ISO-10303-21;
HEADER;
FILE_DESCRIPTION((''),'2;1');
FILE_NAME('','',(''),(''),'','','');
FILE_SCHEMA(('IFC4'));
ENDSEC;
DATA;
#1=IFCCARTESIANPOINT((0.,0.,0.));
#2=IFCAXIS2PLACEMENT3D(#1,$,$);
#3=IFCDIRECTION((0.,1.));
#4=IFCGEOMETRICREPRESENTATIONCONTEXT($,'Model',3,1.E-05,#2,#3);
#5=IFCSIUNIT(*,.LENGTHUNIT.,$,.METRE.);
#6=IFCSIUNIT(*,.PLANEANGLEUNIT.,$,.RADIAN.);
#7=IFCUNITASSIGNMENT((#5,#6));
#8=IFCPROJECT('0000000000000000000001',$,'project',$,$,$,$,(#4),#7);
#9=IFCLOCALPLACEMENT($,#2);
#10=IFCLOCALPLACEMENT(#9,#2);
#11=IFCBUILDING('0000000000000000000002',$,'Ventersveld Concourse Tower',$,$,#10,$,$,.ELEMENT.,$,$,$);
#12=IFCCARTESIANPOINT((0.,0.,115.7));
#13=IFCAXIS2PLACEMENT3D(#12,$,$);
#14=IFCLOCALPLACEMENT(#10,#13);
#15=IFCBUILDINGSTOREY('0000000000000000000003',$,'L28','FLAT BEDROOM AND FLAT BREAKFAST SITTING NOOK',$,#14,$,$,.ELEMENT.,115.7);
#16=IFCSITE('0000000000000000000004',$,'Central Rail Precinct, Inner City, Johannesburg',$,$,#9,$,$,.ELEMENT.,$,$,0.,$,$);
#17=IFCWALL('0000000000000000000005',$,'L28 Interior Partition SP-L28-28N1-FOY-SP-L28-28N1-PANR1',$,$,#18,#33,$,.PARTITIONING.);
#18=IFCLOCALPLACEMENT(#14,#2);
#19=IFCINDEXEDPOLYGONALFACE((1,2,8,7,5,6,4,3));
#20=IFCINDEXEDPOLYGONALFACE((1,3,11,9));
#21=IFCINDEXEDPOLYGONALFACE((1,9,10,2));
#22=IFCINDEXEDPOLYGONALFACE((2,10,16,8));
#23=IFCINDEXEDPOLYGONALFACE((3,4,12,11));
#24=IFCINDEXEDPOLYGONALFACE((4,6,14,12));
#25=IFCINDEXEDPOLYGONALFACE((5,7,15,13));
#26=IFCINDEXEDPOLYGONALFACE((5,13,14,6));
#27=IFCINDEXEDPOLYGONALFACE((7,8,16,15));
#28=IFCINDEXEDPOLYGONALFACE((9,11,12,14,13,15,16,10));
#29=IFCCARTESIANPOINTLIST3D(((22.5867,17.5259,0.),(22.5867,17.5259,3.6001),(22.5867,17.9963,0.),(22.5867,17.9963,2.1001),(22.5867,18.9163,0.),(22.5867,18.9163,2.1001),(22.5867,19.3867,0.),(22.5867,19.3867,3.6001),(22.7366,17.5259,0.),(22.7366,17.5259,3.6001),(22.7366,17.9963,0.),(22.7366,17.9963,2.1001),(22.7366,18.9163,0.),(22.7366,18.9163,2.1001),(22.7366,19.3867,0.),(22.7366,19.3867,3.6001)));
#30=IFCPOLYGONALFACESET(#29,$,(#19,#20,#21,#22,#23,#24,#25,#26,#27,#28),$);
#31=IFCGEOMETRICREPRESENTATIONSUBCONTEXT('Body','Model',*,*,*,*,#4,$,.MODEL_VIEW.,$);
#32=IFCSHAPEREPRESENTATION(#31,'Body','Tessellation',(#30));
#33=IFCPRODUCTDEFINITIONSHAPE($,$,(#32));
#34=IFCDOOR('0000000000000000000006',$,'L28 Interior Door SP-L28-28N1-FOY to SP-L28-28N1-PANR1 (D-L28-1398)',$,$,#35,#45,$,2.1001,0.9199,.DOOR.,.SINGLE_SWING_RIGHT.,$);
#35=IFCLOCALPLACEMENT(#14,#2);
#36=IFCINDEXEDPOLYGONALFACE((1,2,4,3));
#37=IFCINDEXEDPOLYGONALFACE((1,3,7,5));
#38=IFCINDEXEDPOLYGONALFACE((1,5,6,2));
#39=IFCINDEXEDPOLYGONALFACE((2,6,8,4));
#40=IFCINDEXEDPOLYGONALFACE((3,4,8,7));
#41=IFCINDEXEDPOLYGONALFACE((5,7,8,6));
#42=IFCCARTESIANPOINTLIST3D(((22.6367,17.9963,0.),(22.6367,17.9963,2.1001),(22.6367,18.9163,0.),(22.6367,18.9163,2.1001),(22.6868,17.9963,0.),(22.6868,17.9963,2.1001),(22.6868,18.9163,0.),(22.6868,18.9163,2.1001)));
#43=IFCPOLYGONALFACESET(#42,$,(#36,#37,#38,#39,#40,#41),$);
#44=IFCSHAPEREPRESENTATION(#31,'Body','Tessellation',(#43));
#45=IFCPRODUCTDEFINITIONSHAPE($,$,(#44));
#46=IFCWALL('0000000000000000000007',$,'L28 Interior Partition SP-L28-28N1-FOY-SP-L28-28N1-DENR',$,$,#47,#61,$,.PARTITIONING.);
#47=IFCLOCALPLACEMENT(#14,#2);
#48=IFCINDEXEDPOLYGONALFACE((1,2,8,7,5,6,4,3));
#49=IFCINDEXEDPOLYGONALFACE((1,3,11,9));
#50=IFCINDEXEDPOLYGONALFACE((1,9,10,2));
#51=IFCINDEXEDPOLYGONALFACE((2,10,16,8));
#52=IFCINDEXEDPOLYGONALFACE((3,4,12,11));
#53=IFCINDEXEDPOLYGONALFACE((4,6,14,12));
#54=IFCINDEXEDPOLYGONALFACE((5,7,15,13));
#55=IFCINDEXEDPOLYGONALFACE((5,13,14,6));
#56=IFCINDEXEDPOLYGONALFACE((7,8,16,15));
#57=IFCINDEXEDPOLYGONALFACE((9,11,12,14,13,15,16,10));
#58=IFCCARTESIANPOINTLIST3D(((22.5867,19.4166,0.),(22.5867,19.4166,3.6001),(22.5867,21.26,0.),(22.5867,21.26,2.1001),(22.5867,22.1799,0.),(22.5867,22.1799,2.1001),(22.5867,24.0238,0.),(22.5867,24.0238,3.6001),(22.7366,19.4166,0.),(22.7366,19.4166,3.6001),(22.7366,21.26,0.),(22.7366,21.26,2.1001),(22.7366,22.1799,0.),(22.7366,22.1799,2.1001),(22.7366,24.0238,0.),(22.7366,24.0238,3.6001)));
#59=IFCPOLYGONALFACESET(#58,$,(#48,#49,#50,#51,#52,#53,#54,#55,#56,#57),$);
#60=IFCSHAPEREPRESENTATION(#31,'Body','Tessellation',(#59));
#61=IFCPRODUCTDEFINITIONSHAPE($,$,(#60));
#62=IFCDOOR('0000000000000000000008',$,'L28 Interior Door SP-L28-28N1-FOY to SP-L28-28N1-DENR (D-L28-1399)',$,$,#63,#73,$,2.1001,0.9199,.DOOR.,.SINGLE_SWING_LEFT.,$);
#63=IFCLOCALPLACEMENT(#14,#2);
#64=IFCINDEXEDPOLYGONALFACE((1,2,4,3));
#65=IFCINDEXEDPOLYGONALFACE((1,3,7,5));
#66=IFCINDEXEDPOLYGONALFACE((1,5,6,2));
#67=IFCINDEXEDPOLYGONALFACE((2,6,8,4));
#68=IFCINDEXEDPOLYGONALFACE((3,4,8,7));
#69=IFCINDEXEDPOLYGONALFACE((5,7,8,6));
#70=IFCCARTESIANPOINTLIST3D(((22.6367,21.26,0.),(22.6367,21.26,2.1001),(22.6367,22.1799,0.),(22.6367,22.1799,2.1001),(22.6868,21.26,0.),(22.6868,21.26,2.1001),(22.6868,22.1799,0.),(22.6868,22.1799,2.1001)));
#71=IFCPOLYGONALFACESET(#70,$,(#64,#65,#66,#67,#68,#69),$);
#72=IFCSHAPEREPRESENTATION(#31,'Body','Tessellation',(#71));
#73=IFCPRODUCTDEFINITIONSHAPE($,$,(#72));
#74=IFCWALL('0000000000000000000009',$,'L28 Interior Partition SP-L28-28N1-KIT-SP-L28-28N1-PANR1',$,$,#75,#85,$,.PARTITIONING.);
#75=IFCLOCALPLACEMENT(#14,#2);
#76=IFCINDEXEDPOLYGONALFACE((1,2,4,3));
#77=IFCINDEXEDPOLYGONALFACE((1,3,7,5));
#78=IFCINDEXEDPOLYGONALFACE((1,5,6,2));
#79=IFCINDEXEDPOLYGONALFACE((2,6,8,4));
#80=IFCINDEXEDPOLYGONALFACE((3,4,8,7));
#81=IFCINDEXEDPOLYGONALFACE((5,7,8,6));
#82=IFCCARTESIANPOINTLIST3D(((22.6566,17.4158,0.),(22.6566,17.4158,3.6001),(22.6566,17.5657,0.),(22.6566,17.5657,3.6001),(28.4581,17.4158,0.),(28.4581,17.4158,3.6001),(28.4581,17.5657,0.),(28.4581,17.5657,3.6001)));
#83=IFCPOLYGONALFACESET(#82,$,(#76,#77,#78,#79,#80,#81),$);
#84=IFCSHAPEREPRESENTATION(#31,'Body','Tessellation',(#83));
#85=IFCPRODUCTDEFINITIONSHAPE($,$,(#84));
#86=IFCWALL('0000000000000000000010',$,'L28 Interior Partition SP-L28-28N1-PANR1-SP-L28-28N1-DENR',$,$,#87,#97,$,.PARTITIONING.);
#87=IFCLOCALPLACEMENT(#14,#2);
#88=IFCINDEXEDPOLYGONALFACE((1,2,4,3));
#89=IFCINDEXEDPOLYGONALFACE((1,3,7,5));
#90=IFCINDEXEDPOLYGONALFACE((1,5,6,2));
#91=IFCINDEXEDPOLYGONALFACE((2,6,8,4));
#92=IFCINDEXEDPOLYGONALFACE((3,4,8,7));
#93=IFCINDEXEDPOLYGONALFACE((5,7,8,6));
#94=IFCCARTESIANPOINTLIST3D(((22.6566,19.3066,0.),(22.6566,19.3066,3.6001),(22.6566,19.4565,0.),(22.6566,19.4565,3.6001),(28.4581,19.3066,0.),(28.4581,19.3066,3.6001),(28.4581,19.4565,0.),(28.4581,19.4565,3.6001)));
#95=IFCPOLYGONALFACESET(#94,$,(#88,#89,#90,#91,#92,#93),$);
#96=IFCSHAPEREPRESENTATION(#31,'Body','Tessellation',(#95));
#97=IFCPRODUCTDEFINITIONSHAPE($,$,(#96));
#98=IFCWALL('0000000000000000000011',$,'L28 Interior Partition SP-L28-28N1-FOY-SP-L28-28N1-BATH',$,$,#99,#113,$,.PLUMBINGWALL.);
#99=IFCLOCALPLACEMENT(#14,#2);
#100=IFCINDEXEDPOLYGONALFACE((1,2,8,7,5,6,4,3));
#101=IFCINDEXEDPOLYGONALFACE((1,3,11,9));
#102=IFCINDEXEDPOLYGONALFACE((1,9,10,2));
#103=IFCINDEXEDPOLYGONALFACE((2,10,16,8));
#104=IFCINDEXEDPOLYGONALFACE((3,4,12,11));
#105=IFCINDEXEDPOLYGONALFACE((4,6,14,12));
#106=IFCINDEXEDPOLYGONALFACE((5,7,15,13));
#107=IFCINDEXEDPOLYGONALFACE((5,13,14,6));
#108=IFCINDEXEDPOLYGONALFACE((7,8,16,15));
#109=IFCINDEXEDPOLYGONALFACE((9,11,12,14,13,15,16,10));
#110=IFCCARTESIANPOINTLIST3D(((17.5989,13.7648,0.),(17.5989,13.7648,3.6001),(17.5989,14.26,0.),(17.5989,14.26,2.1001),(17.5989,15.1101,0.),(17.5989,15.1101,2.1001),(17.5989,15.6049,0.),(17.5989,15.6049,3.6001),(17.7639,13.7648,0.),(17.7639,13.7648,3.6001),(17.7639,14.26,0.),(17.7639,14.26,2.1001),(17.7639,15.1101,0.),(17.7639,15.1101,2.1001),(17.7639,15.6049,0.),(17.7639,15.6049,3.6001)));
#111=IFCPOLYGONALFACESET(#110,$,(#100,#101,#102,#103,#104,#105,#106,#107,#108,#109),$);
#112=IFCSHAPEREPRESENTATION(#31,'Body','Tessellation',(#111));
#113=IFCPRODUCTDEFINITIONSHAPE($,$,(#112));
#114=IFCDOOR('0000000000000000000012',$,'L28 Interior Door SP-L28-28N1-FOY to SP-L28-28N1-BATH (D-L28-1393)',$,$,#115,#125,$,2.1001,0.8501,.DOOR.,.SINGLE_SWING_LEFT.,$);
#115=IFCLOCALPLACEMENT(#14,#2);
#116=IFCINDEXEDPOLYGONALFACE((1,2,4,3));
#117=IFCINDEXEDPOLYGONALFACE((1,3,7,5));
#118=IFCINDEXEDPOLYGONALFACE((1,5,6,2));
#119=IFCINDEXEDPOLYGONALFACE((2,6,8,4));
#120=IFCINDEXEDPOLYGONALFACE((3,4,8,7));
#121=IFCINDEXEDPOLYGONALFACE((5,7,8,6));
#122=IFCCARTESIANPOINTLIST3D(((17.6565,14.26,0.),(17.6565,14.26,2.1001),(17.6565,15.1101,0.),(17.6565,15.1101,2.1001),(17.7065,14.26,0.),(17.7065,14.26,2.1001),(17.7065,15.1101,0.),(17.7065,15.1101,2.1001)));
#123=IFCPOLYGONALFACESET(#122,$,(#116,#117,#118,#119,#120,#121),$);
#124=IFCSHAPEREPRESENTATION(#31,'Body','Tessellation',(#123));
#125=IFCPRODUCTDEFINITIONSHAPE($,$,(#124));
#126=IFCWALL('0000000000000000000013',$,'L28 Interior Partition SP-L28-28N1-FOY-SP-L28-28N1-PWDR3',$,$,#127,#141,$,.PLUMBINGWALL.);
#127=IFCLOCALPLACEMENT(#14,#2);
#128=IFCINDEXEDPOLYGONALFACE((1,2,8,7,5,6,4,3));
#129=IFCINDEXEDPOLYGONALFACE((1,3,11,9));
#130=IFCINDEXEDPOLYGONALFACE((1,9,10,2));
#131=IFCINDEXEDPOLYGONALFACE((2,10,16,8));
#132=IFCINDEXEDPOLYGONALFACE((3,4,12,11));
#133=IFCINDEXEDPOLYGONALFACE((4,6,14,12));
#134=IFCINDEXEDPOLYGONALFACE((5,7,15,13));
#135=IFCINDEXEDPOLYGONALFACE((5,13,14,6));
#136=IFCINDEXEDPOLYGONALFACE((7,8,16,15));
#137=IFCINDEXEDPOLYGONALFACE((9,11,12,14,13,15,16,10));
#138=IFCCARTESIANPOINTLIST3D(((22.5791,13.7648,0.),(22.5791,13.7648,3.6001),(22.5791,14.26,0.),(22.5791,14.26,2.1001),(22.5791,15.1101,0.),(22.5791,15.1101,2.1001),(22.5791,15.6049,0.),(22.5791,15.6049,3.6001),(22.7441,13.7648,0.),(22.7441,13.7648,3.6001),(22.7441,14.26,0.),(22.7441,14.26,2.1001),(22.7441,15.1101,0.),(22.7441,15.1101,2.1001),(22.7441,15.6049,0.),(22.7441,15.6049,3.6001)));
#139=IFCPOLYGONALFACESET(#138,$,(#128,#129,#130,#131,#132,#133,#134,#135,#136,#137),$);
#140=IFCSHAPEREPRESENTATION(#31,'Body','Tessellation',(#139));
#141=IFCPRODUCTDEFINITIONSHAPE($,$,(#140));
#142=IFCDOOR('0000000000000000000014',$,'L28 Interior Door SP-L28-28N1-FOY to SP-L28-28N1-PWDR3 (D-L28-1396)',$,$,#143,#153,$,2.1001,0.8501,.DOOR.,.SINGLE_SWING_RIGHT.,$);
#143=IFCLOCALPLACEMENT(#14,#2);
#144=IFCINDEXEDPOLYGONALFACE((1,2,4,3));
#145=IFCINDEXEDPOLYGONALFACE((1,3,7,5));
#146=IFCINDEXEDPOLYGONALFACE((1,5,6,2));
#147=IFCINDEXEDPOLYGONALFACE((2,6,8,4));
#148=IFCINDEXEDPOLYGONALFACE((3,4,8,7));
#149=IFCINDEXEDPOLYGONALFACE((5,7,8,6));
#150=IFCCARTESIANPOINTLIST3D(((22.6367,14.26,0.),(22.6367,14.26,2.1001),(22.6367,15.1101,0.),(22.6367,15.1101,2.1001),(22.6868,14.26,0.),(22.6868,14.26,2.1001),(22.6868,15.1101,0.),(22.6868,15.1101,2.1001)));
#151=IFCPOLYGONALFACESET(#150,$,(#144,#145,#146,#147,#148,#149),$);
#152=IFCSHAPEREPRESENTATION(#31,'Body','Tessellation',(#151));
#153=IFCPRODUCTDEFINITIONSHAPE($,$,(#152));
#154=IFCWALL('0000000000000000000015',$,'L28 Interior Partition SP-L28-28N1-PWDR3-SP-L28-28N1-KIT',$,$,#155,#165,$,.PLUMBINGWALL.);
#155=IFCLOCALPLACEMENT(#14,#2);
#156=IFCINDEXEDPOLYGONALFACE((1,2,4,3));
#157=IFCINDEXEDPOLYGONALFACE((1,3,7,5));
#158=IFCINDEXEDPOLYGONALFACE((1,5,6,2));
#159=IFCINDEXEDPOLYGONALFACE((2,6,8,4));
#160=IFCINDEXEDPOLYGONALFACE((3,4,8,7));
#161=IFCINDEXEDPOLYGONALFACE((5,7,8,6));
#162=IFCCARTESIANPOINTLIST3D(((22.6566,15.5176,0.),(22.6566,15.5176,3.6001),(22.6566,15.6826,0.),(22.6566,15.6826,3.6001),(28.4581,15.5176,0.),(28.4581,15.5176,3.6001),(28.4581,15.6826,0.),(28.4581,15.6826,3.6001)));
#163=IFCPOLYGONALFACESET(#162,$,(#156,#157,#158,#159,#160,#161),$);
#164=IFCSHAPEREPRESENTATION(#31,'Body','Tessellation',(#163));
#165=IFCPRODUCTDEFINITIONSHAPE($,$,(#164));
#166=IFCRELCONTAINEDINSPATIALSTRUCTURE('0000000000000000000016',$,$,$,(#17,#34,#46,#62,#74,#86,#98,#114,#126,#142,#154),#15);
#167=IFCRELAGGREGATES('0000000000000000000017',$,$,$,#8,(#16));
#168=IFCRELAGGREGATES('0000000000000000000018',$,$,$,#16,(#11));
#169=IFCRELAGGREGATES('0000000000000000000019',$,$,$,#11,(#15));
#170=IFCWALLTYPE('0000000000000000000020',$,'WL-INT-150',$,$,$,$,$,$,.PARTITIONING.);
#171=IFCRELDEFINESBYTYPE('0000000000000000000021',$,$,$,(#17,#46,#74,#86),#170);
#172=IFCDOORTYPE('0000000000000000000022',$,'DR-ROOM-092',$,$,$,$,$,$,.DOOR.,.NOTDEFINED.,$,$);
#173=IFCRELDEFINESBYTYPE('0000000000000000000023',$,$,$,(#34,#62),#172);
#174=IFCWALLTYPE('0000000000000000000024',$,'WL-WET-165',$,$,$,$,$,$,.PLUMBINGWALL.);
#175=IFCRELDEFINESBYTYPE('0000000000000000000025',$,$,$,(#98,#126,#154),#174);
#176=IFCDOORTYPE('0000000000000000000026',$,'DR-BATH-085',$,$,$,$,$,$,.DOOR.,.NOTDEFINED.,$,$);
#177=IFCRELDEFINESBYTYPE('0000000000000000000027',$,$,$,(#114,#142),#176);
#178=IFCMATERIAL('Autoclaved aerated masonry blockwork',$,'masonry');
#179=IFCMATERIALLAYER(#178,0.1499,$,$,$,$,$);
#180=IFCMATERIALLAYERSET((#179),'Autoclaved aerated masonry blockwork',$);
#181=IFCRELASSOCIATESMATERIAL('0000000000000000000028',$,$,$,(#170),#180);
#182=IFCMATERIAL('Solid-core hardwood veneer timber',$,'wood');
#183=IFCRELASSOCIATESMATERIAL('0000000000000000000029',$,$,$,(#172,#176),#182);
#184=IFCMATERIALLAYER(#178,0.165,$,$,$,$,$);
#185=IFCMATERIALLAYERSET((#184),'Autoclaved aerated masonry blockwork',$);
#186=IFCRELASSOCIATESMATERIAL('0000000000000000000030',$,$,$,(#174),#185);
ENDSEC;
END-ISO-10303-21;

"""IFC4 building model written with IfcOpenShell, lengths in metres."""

from ifc_helpers import new_model, si_unit, direction, frame, frame_2d, origin, place, context, subcontext, project, spatial, rectangle, extrude, material, layer, layer_set, type_object, element, fill, save


model = new_model("IFC4")

# Units and contexts
model_context = context("Model", 3, precision=1e-05, world=origin(), true_north=direction((0.0, 1.0)))
body_context = subcontext(model_context, "Body", "Model", "MODEL_VIEW")
ifc_project = project(units=[si_unit("LENGTHUNIT", "METRE"), si_unit("PLANEANGLEUNIT", "RADIAN")], contexts=[model_context])

# Site, building, storey
site_placement = place(None, origin())
site = spatial("IfcSite", under=ifc_project, at=site_placement, Name="Central Rail Precinct, Inner City, Johannesburg", CompositionType="ELEMENT", RefElevation=0.0)
building_placement = place(site_placement, origin())
building = spatial("IfcBuilding", under=site, at=building_placement, Name="Ventersveld Concourse Tower", CompositionType="ELEMENT")
storey_placement = place(building_placement, frame((0.0, 0.0, 115.7)))
storey = spatial("IfcBuildingStorey", under=building, at=storey_placement, Name="L28", Description="FLAT BEDROOM AND FLAT BREAKFAST SITTING NOOK", CompositionType="ELEMENT", Elevation=115.7)

# Shared definitions
ifc_material_1 = material(Name="Solid-core hardwood veneer timber", Category="wood")

# Walls, openings, doors
ifc_material_2 = material(Name="Autoclaved aerated masonry blockwork", Category="masonry")
ifc_layer_1 = layer(ifc_material_2, 0.1499)
ifc_layer_set_1 = layer_set([ifc_layer_1], Name="Autoclaved aerated masonry blockwork")
wall_type_1 = type_object("IfcWallType", Name="WL-INT-150", PredefinedType="PARTITIONING", material=ifc_layer_set_1)
door_type_1 = type_object("IfcDoorType", Name="DR-ROOM-092", OperationType="NOTDEFINED", PredefinedType="DOOR", material=ifc_material_1)
wall_1_placement = place(storey_placement, frame((22.6616, 17.5259, 0.0), z_axis=(0.0, 0.0, 1.0), x_axis=(0.0, 1.0, 0.0)))
wall_1 = element("IfcWall", 1, at=wall_1_placement, inside=storey, type_object=wall_type_1, Name="L28 Interior Partition SP-L28-28N1-FOY-SP-L28-28N1-PANR1", PredefinedType="PARTITIONING", context=body_context, shape_type="SweptSolid", body=[
    extrude(rectangle(XDim=1.8608, YDim=0.1499, at=frame_2d((0.9304, 0.0))), origin(), (0.0, 0.0, 1.0), 3.6001),
])
opening_1_placement = place(wall_1_placement, frame((0.4705, 0.0, 0.0)))
opening_1 = element("IfcOpeningElement", 2, at=opening_1_placement, cuts=wall_1, PredefinedType="OPENING", context=body_context, shape_type="SweptSolid", body=[
    extrude(rectangle(XDim=0.9199, YDim=2.1001, at=frame_2d((0.46, 1.05))), frame((0.0, 0.085, 0.0), z_axis=(0.0, -1.0, 0.0), x_axis=(1.0, 0.0, 0.0)), (0.0, 0.0, 1.0), 0.1699),
])
door_1_placement = place(opening_1_placement, origin())
door_1 = element("IfcDoor", 3, at=door_1_placement, inside=storey, type_object=door_type_1, Name="L28 Interior Door SP-L28-28N1-FOY to SP-L28-28N1-PANR1 (D-L28-1398)", OperationType="SINGLE_SWING_RIGHT", OverallHeight=2.1001, OverallWidth=0.9199, PredefinedType="DOOR", context=body_context, shape_type="SweptSolid", body=[
    extrude(rectangle(XDim=0.9199, YDim=2.1001, at=frame_2d((0.46, 1.05))), frame((0.0, 0.0249, 0.0), z_axis=(0.0, -1.0, 0.0), x_axis=(1.0, 0.0, 0.0)), (0.0, 0.0, 1.0), 0.05),
])
fill(opening_1, door_1)
wall_2_placement = place(storey_placement, frame((22.6616, 19.4165, 0.0), z_axis=(0.0, 0.0, 1.0), x_axis=(0.0, 1.0, 0.0)))
wall_2 = element("IfcWall", 4, at=wall_2_placement, inside=storey, type_object=wall_type_1, Name="L28 Interior Partition SP-L28-28N1-FOY-SP-L28-28N1-DENR", PredefinedType="PARTITIONING", context=body_context, shape_type="SweptSolid", body=[
    extrude(rectangle(XDim=4.6072, YDim=0.1499, at=frame_2d((2.3037, 0.0))), origin(), (0.0, 0.0, 1.0), 3.6001),
])
opening_2_placement = place(wall_2_placement, frame((1.8435, 0.0, 0.0)))
opening_2 = element("IfcOpeningElement", 5, at=opening_2_placement, cuts=wall_2, PredefinedType="OPENING", context=body_context, shape_type="SweptSolid", body=[
    extrude(rectangle(XDim=0.9199, YDim=2.1001, at=frame_2d((0.46, 1.05))), frame((0.0, 0.085, 0.0), z_axis=(0.0, -1.0, 0.0), x_axis=(1.0, 0.0, 0.0)), (0.0, 0.0, 1.0), 0.1699),
])
door_2_placement = place(opening_2_placement, origin())
door_2 = element("IfcDoor", 6, at=door_2_placement, inside=storey, type_object=door_type_1, Name="L28 Interior Door SP-L28-28N1-FOY to SP-L28-28N1-DENR (D-L28-1399)", OperationType="SINGLE_SWING_LEFT", OverallHeight=2.1001, OverallWidth=0.9199, PredefinedType="DOOR", context=body_context, shape_type="SweptSolid", body=[
    extrude(rectangle(XDim=0.9199, YDim=2.1001, at=frame_2d((0.46, 1.05))), frame((0.0, 0.0249, 0.0), z_axis=(0.0, -1.0, 0.0), x_axis=(1.0, 0.0, 0.0)), (0.0, 0.0, 1.0), 0.05),
])
fill(opening_2, door_2)

# Walls
for number, where, z_axis, x_axis, name in (
    (7, (22.6565, 17.4907, 0.0), (0.0, 0.0, 1.0), (1.0, 0.0, 0.0), "L28 Interior Partition SP-L28-28N1-KIT-SP-L28-28N1-PANR1"),
    (8, (22.6565, 19.3816, 0.0), (0.0, 0.0, 1.0), (1.0, 0.0, 0.0), "L28 Interior Partition SP-L28-28N1-PANR1-SP-L28-28N1-DENR"),
):
    element("IfcWall", number, at=place(storey_placement, frame(where, z_axis=z_axis, x_axis=x_axis)), inside=storey, type_object=wall_type_1, Name=name, PredefinedType="PARTITIONING", context=body_context, shape_type="SweptSolid", body=[
        extrude(rectangle(XDim=5.8015, YDim=0.1499, at=frame_2d((2.9009, 0.0))), origin(), (0.0, 0.0, 1.0), 3.6001),
    ])

# Walls, openings, doors
ifc_layer_2 = layer(ifc_material_2, 0.165)
ifc_layer_set_2 = layer_set([ifc_layer_2], Name="Autoclaved aerated masonry blockwork")
wall_type_2 = type_object("IfcWallType", Name="WL-WET-165", PredefinedType="PLUMBINGWALL", material=ifc_layer_set_2)
wall_3_placement = place(storey_placement, frame((17.6814, 13.7649, 0.0), z_axis=(0.0, 0.0, 1.0), x_axis=(0.0, 1.0, 0.0)))
wall_3 = element("IfcWall", 9, at=wall_3_placement, inside=storey, type_object=wall_type_2, Name="L28 Interior Partition SP-L28-28N1-FOY-SP-L28-28N1-BATH", PredefinedType="PLUMBINGWALL", context=body_context, shape_type="SweptSolid", body=[
    extrude(rectangle(XDim=1.8401, YDim=0.165, at=frame_2d((0.9199, 0.0))), origin(), (0.0, 0.0, 1.0), 3.6001),
])
opening_3_placement = place(wall_3_placement, frame((0.4951, 0.0, 0.0)))
opening_3 = element("IfcOpeningElement", 10, at=opening_3_placement, cuts=wall_3, PredefinedType="OPENING", context=body_context, shape_type="SweptSolid", body=[
    extrude(rectangle(XDim=0.8501, YDim=2.1001, at=frame_2d((0.425, 1.05))), frame((0.0, 0.0925, 0.0), z_axis=(0.0, -1.0, 0.0), x_axis=(1.0, 0.0, 0.0)), (0.0, 0.0, 1.0), 0.1851),
])
door_type_2 = type_object("IfcDoorType", Name="DR-BATH-085", OperationType="NOTDEFINED", PredefinedType="DOOR", material=ifc_material_1)
door_3_placement = place(opening_3_placement, origin())
door_3 = element("IfcDoor", 11, at=door_3_placement, inside=storey, type_object=door_type_2, Name="L28 Interior Door SP-L28-28N1-FOY to SP-L28-28N1-BATH (D-L28-1393)", OperationType="SINGLE_SWING_LEFT", OverallHeight=2.1001, OverallWidth=0.8501, PredefinedType="DOOR", context=body_context, shape_type="SweptSolid", body=[
    extrude(rectangle(XDim=0.8501, YDim=2.1001, at=frame_2d((0.425, 1.05))), frame((0.0, 0.0249, 0.0), z_axis=(0.0, -1.0, 0.0), x_axis=(1.0, 0.0, 0.0)), (0.0, 0.0, 1.0), 0.05),
])
fill(opening_3, door_3)
wall_4_placement = place(storey_placement, frame((22.6616, 13.7649, 0.0), z_axis=(0.0, 0.0, 1.0), x_axis=(0.0, 1.0, 0.0)))
wall_4 = element("IfcWall", 12, at=wall_4_placement, inside=storey, type_object=wall_type_2, Name="L28 Interior Partition SP-L28-28N1-FOY-SP-L28-28N1-PWDR3", PredefinedType="PLUMBINGWALL", context=body_context, shape_type="SweptSolid", body=[
    extrude(rectangle(XDim=1.8401, YDim=0.165, at=frame_2d((0.9199, 0.0))), origin(), (0.0, 0.0, 1.0), 3.6001),
])
opening_4_placement = place(wall_4_placement, frame((0.4951, 0.0, 0.0)))
opening_4 = element("IfcOpeningElement", 13, at=opening_4_placement, cuts=wall_4, PredefinedType="OPENING", context=body_context, shape_type="SweptSolid", body=[
    extrude(rectangle(XDim=0.8501, YDim=2.1001, at=frame_2d((0.425, 1.05))), frame((0.0, 0.0925, 0.0), z_axis=(0.0, -1.0, 0.0), x_axis=(1.0, 0.0, 0.0)), (0.0, 0.0, 1.0), 0.1851),
])
door_4_placement = place(opening_4_placement, origin())
door_4 = element("IfcDoor", 14, at=door_4_placement, inside=storey, type_object=door_type_2, Name="L28 Interior Door SP-L28-28N1-FOY to SP-L28-28N1-PWDR3 (D-L28-1396)", OperationType="SINGLE_SWING_RIGHT", OverallHeight=2.1001, OverallWidth=0.8501, PredefinedType="DOOR", context=body_context, shape_type="SweptSolid", body=[
    extrude(rectangle(XDim=0.8501, YDim=2.1001, at=frame_2d((0.425, 1.05))), frame((0.0, 0.0249, 0.0), z_axis=(0.0, -1.0, 0.0), x_axis=(1.0, 0.0, 0.0)), (0.0, 0.0, 1.0), 0.05),
])
fill(opening_4, door_4)

# Wall
wall_5_placement = place(storey_placement, frame((22.6565, 15.6001, 0.0), z_axis=(0.0, 0.0, 1.0), x_axis=(1.0, 0.0, 0.0)))
element("IfcWall", 15, at=wall_5_placement, inside=storey, type_object=wall_type_2, Name="L28 Interior Partition SP-L28-28N1-PWDR3-SP-L28-28N1-KIT", PredefinedType="PLUMBINGWALL", context=body_context, shape_type="SweptSolid", body=[
    extrude(rectangle(XDim=5.8015, YDim=0.165, at=frame_2d((2.9009, 0.0))), origin(), (0.0, 0.0, 1.0), 3.6001),
])

save(model, "model.ifc")
